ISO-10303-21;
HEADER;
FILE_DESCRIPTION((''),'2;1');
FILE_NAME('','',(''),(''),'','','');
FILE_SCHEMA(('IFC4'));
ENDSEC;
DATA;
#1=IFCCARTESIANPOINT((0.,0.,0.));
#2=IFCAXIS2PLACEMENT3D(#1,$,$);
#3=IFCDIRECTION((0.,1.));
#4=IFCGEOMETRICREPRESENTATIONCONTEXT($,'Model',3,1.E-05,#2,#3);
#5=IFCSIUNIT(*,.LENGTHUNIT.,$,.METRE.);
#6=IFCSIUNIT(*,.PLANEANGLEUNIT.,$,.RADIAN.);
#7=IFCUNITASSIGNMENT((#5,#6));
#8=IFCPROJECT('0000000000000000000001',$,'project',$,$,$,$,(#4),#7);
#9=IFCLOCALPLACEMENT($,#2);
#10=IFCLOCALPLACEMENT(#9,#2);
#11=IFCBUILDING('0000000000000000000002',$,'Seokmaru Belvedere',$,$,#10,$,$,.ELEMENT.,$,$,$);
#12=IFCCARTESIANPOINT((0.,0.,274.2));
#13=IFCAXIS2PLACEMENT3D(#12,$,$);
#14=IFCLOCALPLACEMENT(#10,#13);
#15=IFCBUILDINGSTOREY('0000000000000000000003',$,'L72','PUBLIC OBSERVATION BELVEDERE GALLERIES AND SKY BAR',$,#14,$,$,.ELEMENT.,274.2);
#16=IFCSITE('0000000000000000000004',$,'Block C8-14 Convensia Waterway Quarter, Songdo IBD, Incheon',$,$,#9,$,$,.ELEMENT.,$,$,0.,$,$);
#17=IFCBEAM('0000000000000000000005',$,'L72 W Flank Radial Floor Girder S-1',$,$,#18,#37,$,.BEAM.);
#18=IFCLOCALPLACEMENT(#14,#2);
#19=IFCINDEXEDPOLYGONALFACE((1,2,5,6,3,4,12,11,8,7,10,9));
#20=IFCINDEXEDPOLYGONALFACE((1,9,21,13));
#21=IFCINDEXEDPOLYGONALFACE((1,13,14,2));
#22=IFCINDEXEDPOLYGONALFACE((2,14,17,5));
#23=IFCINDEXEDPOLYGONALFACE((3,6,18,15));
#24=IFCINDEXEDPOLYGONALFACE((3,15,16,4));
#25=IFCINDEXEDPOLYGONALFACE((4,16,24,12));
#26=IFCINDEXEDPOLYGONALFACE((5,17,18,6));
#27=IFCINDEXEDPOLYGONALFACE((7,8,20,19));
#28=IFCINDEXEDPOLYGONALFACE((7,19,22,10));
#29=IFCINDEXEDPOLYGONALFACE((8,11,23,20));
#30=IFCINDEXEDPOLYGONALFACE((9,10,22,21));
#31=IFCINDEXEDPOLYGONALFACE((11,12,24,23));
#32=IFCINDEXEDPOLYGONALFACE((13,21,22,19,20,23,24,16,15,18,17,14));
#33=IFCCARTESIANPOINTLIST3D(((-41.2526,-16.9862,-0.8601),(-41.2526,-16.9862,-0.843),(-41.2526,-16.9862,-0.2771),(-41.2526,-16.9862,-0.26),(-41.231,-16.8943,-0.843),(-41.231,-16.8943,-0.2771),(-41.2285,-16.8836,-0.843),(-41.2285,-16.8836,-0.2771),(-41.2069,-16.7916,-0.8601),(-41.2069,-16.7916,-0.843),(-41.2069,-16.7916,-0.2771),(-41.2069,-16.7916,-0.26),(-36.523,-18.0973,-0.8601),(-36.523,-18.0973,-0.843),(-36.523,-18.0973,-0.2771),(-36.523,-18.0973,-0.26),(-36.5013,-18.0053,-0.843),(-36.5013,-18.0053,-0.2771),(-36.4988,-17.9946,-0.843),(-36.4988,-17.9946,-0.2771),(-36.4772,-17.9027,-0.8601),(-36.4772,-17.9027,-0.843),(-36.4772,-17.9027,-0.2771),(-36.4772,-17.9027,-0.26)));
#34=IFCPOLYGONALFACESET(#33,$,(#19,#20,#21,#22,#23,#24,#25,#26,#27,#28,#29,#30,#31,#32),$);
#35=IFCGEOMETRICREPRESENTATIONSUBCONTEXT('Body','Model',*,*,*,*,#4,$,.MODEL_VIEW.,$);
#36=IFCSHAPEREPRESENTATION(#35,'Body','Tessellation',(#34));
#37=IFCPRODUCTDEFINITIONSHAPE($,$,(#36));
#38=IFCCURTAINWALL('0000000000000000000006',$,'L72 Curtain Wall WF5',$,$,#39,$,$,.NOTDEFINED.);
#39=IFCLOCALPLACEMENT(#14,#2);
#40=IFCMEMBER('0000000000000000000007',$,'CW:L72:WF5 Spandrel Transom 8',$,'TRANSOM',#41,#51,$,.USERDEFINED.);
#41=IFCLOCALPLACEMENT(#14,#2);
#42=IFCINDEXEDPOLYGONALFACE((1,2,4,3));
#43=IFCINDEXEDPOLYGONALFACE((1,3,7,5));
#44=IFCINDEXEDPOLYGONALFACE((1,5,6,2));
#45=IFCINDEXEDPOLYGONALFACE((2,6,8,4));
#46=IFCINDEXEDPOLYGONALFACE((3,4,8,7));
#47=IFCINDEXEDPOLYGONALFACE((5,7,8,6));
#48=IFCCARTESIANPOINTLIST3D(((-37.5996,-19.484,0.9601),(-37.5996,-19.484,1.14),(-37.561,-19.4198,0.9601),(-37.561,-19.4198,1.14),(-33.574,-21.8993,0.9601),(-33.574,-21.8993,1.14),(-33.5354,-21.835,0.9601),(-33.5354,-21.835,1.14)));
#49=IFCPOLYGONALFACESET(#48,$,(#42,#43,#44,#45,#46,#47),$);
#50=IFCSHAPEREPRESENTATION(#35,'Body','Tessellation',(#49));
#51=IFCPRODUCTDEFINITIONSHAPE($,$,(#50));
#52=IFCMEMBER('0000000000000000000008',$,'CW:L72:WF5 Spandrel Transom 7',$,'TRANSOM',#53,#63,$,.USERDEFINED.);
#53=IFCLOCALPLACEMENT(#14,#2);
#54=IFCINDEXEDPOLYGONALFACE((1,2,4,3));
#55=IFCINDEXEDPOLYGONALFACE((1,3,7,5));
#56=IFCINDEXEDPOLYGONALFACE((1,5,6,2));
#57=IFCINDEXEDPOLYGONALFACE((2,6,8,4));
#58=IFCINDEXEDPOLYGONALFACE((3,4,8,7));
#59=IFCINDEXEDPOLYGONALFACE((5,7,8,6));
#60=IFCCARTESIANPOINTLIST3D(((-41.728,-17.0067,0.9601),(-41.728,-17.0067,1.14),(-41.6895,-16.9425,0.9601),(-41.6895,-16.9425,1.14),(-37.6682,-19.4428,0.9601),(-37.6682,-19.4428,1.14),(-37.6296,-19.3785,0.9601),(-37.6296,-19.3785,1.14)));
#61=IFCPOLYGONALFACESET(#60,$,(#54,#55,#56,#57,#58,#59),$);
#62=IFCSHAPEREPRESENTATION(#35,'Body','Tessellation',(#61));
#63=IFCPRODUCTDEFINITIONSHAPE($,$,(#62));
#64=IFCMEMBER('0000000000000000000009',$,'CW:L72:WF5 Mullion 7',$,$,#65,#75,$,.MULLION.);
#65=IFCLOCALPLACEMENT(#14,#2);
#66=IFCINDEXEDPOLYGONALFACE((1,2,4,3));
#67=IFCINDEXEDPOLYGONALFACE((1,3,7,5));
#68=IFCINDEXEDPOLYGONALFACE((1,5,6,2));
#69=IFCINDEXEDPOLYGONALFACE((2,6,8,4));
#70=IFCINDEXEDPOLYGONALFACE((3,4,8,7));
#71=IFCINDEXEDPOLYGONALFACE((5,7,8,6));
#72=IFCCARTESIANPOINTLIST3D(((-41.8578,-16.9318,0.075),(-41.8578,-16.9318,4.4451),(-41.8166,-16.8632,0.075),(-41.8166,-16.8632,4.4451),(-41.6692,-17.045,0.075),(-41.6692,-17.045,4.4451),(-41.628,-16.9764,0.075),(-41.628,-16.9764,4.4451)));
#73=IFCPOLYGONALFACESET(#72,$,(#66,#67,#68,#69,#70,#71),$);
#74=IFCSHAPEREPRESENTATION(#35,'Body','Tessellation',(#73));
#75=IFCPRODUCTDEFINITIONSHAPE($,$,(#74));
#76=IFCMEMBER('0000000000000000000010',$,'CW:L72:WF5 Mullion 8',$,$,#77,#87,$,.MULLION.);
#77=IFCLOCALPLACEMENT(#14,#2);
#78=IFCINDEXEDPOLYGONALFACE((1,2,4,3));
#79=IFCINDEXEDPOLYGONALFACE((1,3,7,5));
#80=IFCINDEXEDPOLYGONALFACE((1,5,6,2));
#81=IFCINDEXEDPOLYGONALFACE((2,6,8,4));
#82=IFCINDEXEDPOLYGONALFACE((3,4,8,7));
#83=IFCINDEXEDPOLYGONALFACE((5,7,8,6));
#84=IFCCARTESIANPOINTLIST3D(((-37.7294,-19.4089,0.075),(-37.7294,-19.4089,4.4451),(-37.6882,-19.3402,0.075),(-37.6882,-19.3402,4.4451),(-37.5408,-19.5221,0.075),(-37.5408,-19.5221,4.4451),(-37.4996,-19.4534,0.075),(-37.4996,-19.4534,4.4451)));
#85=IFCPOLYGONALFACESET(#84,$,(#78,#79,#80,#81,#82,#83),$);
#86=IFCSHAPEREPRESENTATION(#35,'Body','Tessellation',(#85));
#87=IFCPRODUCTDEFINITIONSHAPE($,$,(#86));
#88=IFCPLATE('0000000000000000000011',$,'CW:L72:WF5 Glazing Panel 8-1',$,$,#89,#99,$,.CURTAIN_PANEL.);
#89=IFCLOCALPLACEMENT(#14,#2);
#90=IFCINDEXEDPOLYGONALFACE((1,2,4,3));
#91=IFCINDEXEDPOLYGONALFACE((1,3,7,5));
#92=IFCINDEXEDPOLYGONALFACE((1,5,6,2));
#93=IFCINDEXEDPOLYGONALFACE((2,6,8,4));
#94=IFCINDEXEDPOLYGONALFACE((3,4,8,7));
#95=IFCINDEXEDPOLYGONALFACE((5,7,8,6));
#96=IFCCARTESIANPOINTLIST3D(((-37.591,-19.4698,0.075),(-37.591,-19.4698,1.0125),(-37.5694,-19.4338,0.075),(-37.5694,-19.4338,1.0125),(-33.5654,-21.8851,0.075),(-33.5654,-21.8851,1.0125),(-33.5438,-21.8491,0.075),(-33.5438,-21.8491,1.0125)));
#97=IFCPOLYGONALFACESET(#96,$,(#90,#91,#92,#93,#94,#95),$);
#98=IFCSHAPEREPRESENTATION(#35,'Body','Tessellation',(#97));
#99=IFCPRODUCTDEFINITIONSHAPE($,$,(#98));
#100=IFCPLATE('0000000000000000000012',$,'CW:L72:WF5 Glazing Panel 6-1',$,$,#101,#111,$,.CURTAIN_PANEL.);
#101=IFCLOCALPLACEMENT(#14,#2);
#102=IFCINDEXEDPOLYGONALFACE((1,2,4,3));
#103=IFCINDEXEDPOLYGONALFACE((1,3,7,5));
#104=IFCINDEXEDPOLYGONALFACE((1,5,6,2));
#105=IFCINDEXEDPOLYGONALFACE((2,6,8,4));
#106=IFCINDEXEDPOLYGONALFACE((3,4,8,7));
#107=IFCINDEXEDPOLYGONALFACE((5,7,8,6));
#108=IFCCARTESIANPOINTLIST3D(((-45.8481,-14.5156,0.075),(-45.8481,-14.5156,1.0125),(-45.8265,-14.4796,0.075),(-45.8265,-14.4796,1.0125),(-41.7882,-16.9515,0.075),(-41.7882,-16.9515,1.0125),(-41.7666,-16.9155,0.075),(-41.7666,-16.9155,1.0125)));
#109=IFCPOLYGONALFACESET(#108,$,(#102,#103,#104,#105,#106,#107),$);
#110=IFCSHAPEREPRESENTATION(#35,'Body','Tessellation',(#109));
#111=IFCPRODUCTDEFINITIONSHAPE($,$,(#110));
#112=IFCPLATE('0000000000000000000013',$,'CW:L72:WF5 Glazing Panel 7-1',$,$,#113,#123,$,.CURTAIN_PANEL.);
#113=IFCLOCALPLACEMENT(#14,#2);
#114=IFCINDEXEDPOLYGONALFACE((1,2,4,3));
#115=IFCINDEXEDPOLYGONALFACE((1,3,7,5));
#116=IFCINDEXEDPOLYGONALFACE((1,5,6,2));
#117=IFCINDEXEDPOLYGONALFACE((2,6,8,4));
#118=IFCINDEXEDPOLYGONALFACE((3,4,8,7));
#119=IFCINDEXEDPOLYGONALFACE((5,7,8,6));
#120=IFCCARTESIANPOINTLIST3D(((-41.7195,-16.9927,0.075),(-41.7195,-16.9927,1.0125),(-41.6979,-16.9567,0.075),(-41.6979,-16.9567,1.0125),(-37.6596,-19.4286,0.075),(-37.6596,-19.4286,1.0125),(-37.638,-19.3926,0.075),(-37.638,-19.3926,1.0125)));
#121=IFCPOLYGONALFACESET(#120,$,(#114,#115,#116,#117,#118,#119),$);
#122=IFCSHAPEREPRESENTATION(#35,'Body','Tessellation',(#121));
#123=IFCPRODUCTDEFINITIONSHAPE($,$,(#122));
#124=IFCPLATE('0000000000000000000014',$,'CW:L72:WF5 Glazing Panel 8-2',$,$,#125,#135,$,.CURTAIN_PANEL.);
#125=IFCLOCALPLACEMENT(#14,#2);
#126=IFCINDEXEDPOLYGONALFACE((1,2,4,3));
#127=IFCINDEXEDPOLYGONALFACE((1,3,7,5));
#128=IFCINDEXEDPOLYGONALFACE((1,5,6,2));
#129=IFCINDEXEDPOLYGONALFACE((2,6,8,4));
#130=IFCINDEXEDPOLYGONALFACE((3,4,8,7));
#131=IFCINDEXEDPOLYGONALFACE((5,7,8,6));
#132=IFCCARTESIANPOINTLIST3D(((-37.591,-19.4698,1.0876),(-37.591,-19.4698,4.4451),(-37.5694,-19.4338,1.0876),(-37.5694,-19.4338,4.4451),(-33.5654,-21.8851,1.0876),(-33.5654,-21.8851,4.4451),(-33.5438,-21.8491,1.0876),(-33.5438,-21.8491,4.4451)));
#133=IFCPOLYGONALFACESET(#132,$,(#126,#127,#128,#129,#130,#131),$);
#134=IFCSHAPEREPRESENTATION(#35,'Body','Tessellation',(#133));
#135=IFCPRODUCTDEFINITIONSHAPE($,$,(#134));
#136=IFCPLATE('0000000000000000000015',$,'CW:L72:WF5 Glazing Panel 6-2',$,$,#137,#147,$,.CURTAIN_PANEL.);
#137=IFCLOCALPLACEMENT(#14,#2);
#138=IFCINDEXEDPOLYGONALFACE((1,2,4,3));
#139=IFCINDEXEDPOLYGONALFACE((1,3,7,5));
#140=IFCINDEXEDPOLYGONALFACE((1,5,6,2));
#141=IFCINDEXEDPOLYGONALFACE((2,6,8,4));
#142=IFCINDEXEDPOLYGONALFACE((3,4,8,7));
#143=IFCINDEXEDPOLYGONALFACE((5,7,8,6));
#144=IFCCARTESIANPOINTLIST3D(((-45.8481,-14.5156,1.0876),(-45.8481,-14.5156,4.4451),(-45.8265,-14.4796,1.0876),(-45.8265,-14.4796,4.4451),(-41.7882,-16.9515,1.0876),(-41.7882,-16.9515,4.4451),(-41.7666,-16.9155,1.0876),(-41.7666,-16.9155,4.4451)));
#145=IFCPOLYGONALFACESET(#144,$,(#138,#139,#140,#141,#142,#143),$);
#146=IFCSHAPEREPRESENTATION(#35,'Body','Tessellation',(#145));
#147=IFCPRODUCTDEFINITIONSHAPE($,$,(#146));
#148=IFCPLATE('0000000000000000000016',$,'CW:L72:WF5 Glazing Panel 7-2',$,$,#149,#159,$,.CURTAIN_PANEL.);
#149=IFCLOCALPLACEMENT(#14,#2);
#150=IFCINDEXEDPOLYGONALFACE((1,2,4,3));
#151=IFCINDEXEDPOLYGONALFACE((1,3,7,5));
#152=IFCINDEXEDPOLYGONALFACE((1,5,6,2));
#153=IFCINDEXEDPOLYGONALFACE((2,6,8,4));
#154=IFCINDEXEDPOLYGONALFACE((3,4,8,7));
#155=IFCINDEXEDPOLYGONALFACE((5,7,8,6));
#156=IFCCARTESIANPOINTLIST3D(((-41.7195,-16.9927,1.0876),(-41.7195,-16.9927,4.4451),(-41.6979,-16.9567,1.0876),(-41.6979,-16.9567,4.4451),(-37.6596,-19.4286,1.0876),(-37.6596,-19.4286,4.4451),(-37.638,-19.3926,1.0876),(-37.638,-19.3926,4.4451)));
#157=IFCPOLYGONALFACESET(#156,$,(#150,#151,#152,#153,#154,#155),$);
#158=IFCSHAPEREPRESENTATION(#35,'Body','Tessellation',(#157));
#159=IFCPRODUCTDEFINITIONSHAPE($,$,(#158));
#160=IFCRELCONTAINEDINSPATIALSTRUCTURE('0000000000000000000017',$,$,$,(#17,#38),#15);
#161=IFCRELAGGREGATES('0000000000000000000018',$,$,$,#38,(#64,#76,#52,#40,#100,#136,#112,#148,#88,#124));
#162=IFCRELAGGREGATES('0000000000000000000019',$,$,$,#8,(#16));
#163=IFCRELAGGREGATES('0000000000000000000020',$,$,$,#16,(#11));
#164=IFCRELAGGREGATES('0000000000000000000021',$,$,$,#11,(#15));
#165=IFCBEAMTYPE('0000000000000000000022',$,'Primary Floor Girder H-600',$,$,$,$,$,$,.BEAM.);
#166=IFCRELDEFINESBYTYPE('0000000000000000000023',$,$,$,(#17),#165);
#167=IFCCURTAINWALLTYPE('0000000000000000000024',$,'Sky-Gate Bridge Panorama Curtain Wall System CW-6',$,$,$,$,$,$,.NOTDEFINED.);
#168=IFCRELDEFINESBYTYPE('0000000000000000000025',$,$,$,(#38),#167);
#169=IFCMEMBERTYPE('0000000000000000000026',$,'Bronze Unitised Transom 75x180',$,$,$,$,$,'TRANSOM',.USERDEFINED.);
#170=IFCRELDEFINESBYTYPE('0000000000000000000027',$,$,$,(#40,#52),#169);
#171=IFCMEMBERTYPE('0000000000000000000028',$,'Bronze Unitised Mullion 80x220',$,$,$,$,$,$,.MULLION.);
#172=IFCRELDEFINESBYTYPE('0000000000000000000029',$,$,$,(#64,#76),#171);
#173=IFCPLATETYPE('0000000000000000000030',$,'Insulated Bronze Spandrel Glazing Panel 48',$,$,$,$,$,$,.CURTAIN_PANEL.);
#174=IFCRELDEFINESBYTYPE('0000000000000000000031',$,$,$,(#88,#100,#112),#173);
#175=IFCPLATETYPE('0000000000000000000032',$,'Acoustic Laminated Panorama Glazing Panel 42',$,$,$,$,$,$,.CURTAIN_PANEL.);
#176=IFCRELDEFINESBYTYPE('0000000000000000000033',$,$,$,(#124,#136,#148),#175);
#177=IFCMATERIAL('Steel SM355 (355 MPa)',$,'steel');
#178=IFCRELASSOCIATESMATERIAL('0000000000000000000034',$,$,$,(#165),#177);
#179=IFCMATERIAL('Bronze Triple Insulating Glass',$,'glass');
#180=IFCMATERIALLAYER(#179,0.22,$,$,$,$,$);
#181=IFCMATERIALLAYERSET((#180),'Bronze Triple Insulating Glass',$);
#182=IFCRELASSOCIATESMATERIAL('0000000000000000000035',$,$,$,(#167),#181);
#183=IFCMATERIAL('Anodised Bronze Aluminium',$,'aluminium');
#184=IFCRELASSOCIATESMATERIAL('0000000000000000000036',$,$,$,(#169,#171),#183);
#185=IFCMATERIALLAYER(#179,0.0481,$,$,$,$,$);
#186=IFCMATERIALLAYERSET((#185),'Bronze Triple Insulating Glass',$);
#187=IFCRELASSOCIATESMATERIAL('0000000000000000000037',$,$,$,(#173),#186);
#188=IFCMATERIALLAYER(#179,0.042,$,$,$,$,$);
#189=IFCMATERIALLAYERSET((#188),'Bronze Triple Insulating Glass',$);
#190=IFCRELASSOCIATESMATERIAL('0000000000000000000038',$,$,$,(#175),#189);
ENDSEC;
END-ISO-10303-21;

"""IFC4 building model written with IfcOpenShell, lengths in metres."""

from ifc_helpers import new_model, si_unit, direction, frame, origin, origin_2d, place, context, subcontext, project, spatial, rectangle, i_section, extrude, source, transform, mapped, material, layer, layer_set, material_profile, profile_set, type_object, type_shapes, element, aggregate, save


model = new_model("IFC4")

# Units and contexts
model_context = context("Model", 3, precision=1e-05, world=origin(), true_north=direction((0.0, 1.0)))
body_context = subcontext(model_context, "Body", "Model", "MODEL_VIEW")
ifc_project = project(units=[si_unit("LENGTHUNIT", "METRE"), si_unit("PLANEANGLEUNIT", "RADIAN")], contexts=[model_context])

# Site, building, storey
site_placement = place(None, origin())
site = spatial("IfcSite", under=ifc_project, at=site_placement, Name="Block C8-14 Convensia Waterway Quarter, Songdo IBD, Incheon", CompositionType="ELEMENT", RefElevation=0.0)
building_placement = place(site_placement, origin())
building = spatial("IfcBuilding", under=site, at=building_placement, Name="Seokmaru Belvedere", CompositionType="ELEMENT")
storey_placement = place(building_placement, frame((0.0, 0.0, 274.2)))
storey = spatial("IfcBuildingStorey", under=building, at=storey_placement, Name="L72", Description="PUBLIC OBSERVATION BELVEDERE GALLERIES AND SKY BAR", CompositionType="ELEMENT", Elevation=274.2)

# Shared definitions
ifc_material_1 = material(Name="Steel SM355 (355 MPa)", Category="steel")

# Beam
ifc_material_profile_1 = material_profile(ifc_material_1, i_section(OverallWidth=0.2, OverallDepth=0.6001, WebThickness=0.011, FlangeThickness=0.0171, at=origin_2d()), Name="H-600x200x11x17")
ifc_profile_set_1 = profile_set([ifc_material_profile_1], Name="Steel SM355 (355 MPa)")
beam_type_1 = type_object("IfcBeamType", Name="Primary Floor Girder H-600", PredefinedType="BEAM", material=ifc_profile_set_1)
shared_shape_1 = source(origin(), body_context, "Body", "SweptSolid", [
    extrude(i_section(OverallWidth=0.2, OverallDepth=0.6001, WebThickness=0.011, FlangeThickness=0.0171, at=origin_2d()), origin(), (0.0, 0.0, 1.0), 4.8584),
])
beam_1_placement = place(storey_placement, frame((-41.2297, -16.8889, -0.5601), z_axis=(0.973499, -0.228689, 0.0), x_axis=(0.228689, 0.973499, 0.0)))
element("IfcBeam", 1, at=beam_1_placement, inside=storey, type_object=beam_type_1, Name="L72 W Flank Radial Floor Girder S-1", PredefinedType="BEAM", context=body_context, shape_type="MappedRepresentation", body=[
    mapped(shared_shape_1, transform((0.0, 0.0, 0.0), scale=1.0)),
])

# Curtain wall, members, plates
ifc_material_2 = material(Name="Bronze Triple Insulating Glass", Category="glass")
ifc_layer_1 = layer(ifc_material_2, 0.22)
ifc_layer_set_1 = layer_set([ifc_layer_1], Name="Bronze Triple Insulating Glass")
curtain_wall_type = type_object("IfcCurtainWallType", Name="Sky-Gate Bridge Panorama Curtain Wall System CW-6", PredefinedType="NOTDEFINED", material=ifc_layer_set_1)
curtain_wall_placement = place(storey_placement, origin())
curtain_wall = element("IfcCurtainWall", 2, at=curtain_wall_placement, inside=storey, type_object=curtain_wall_type, Name="L72 Curtain Wall WF5", PredefinedType="NOTDEFINED")
ifc_material_3 = material(Name="Anodised Bronze Aluminium", Category="aluminium")
ifc_material_profile_2 = material_profile(ifc_material_3, rectangle(XDim=0.075, YDim=0.1799, at=origin_2d()), Name="CW-T-75x180")
ifc_profile_set_2 = profile_set([ifc_material_profile_2], Name="Anodised Bronze Aluminium")
member_type_1 = type_object("IfcMemberType", Name="Bronze Unitised Transom 75x180", ElementType="TRANSOM", PredefinedType="USERDEFINED", material=ifc_profile_set_2)
shared_shape_2 = source(origin(), body_context, "Body", "SweptSolid", [
    extrude(rectangle(XDim=0.075, YDim=0.1799, at=origin_2d()), origin(), (0.0, 0.0, 1.0), 4.6946),
])
member_1_placement = place(storey_placement, frame((-37.5803, -19.4519, 1.05), z_axis=(0.857502, -0.51448, 0.0), x_axis=(0.51448, 0.857502, 0.0)))
member_1 = element("IfcMember", 3, at=member_1_placement, type_object=member_type_1, Name="CW:L72:WF5 Spandrel Transom 8", ObjectType="TRANSOM", PredefinedType="USERDEFINED", context=body_context, shape_type="MappedRepresentation", body=[
    mapped(shared_shape_2, transform((0.0, 0.0, 0.0), scale=1.0)),
])
shared_shape_3 = source(origin(), body_context, "Body", "SweptSolid", [
    extrude(rectangle(XDim=0.075, YDim=0.1799, at=origin_2d()), origin(), (0.0, 0.0, 1.0), 4.7346),
])
type_shapes(member_type_1, [shared_shape_2, shared_shape_3])
member_2_placement = place(storey_placement, frame((-41.7087, -16.9746, 1.05), z_axis=(0.857479, -0.514519, 0.0), x_axis=(0.514519, 0.857479, 0.0)))
member_2 = element("IfcMember", 4, at=member_2_placement, type_object=member_type_1, Name="CW:L72:WF5 Spandrel Transom 7", ObjectType="TRANSOM", PredefinedType="USERDEFINED", context=body_context, shape_type="MappedRepresentation", body=[
    mapped(shared_shape_3, transform((0.0, 0.0, 0.0), scale=1.0)),
])
ifc_material_profile_3 = material_profile(ifc_material_3, rectangle(XDim=0.0801, YDim=0.22, at=origin_2d()), Name="CW-M-80x220")
ifc_profile_set_3 = profile_set([ifc_material_profile_3], Name="Anodised Bronze Aluminium")
member_type_2 = type_object("IfcMemberType", Name="Bronze Unitised Mullion 80x220", PredefinedType="MULLION", material=ifc_profile_set_3)
shared_shape_4 = source(origin(), body_context, "Body", "SweptSolid", [
    extrude(rectangle(XDim=0.0801, YDim=0.22, at=origin_2d()), origin(), (0.0, 0.0, 1.0), 4.3701),
])
type_shapes(member_type_2, [shared_shape_4])
member_3_placement = place(storey_placement, frame((-41.7429, -16.9541, 0.075), z_axis=(0.0, 0.0, 1.0), x_axis=(0.514495, 0.857493, 0.0)))
member_3 = element("IfcMember", 5, at=member_3_placement, type_object=member_type_2, Name="CW:L72:WF5 Mullion 7", PredefinedType="MULLION", context=body_context, shape_type="MappedRepresentation", body=[
    mapped(shared_shape_4, transform((0.0, 0.0, 0.0), scale=1.0)),
])
member_4_placement = place(storey_placement, frame((-37.6145, -19.4312, 0.075), z_axis=(0.0, 0.0, 1.0), x_axis=(0.514495, 0.857493, 0.0)))
member_4 = element("IfcMember", 6, at=member_4_placement, type_object=member_type_2, Name="CW:L72:WF5 Mullion 8", PredefinedType="MULLION", context=body_context, shape_type="MappedRepresentation", body=[
    mapped(shared_shape_4, transform((0.0, 0.0, 0.0), scale=1.0)),
])
ifc_layer_2 = layer(ifc_material_2, 0.0481)
ifc_layer_set_2 = layer_set([ifc_layer_2], Name="Bronze Triple Insulating Glass")
plate_type_1 = type_object("IfcPlateType", Name="Insulated Bronze Spandrel Glazing Panel 48", PredefinedType="CURTAIN_PANEL", material=ifc_layer_set_2)
shared_shape_5 = source(origin(), body_context, "Body", "SweptSolid", [
    extrude(rectangle(XDim=4.6946, YDim=0.042, at=origin_2d()), origin(), (0.0, 0.0, 1.0), 0.9375),
])
plate_1_placement = place(storey_placement, frame((-35.5674, -20.6594, 0.075), z_axis=(0.0, 0.0, 1.0), x_axis=(0.857493, -0.514495, 0.0)))
plate_1 = element("IfcPlate", 7, at=plate_1_placement, type_object=plate_type_1, Name="CW:L72:WF5 Glazing Panel 8-1", PredefinedType="CURTAIN_PANEL", context=body_context, shape_type="MappedRepresentation", body=[
    mapped(shared_shape_5, transform((0.0, 0.0, 0.0), scale=1.0)),
])
shared_shape_6 = source(origin(), body_context, "Body", "SweptSolid", [
    extrude(rectangle(XDim=4.7346, YDim=0.042, at=origin_2d()), origin(), (0.0, 0.0, 1.0), 0.9375),
])
type_shapes(plate_type_1, [shared_shape_5, shared_shape_6])
plate_2_placement = place(storey_placement, frame((-43.8074, -15.7156, 0.075), z_axis=(0.0, 0.0, 1.0), x_axis=(0.857493, -0.514495, 0.0)))
plate_2 = element("IfcPlate", 8, at=plate_2_placement, type_object=plate_type_1, Name="CW:L72:WF5 Glazing Panel 6-1", PredefinedType="CURTAIN_PANEL", context=body_context, shape_type="MappedRepresentation", body=[
    mapped(shared_shape_6, transform((0.0, 0.0, 0.0), scale=1.0)),
])
plate_3_placement = place(storey_placement, frame((-39.6787, -18.1926, 0.075), z_axis=(0.0, 0.0, 1.0), x_axis=(0.857493, -0.514495, 0.0)))
plate_3 = element("IfcPlate", 9, at=plate_3_placement, type_object=plate_type_1, Name="CW:L72:WF5 Glazing Panel 7-1", PredefinedType="CURTAIN_PANEL", context=body_context, shape_type="MappedRepresentation", body=[
    mapped(shared_shape_6, transform((0.0, 0.0, 0.0), scale=1.0)),
])
ifc_layer_3 = layer(ifc_material_2, 0.042)
ifc_layer_set_3 = layer_set([ifc_layer_3], Name="Bronze Triple Insulating Glass")
plate_type_2 = type_object("IfcPlateType", Name="Acoustic Laminated Panorama Glazing Panel 42", PredefinedType="CURTAIN_PANEL", material=ifc_layer_set_3)
shared_shape_7 = source(origin(), body_context, "Body", "SweptSolid", [
    extrude(rectangle(XDim=4.6946, YDim=0.042, at=origin_2d()), origin(), (0.0, 0.0, 1.0), 3.3574),
])
plate_4_placement = place(storey_placement, frame((-35.5674, -20.6594, 1.0876), z_axis=(0.0, 0.0, 1.0), x_axis=(0.857493, -0.514495, 0.0)))
plate_4 = element("IfcPlate", 10, at=plate_4_placement, type_object=plate_type_2, Name="CW:L72:WF5 Glazing Panel 8-2", PredefinedType="CURTAIN_PANEL", context=body_context, shape_type="MappedRepresentation", body=[
    mapped(shared_shape_7, transform((0.0, 0.0, 0.0), scale=1.0)),
])
shared_shape_8 = source(origin(), body_context, "Body", "SweptSolid", [
    extrude(rectangle(XDim=4.7346, YDim=0.042, at=origin_2d()), origin(), (0.0, 0.0, 1.0), 3.3574),
])
type_shapes(plate_type_2, [shared_shape_7, shared_shape_8])
plate_5_placement = place(storey_placement, frame((-43.8074, -15.7156, 1.0876), z_axis=(0.0, 0.0, 1.0), x_axis=(0.857493, -0.514495, 0.0)))
plate_5 = element("IfcPlate", 11, at=plate_5_placement, type_object=plate_type_2, Name="CW:L72:WF5 Glazing Panel 6-2", PredefinedType="CURTAIN_PANEL", context=body_context, shape_type="MappedRepresentation", body=[
    mapped(shared_shape_8, transform((0.0, 0.0, 0.0), scale=1.0)),
])
plate_6_placement = place(storey_placement, frame((-39.6787, -18.1926, 1.0876), z_axis=(0.0, 0.0, 1.0), x_axis=(0.857493, -0.514495, 0.0)))
plate_6 = element("IfcPlate", 12, at=plate_6_placement, type_object=plate_type_2, Name="CW:L72:WF5 Glazing Panel 7-2", PredefinedType="CURTAIN_PANEL", context=body_context, shape_type="MappedRepresentation", body=[
    mapped(shared_shape_8, transform((0.0, 0.0, 0.0), scale=1.0)),
])
aggregate(curtain_wall, [member_3, member_4, member_2, member_1, plate_2, plate_5, plate_3, plate_6, plate_1, plate_4])

save(model, "model.ifc")
